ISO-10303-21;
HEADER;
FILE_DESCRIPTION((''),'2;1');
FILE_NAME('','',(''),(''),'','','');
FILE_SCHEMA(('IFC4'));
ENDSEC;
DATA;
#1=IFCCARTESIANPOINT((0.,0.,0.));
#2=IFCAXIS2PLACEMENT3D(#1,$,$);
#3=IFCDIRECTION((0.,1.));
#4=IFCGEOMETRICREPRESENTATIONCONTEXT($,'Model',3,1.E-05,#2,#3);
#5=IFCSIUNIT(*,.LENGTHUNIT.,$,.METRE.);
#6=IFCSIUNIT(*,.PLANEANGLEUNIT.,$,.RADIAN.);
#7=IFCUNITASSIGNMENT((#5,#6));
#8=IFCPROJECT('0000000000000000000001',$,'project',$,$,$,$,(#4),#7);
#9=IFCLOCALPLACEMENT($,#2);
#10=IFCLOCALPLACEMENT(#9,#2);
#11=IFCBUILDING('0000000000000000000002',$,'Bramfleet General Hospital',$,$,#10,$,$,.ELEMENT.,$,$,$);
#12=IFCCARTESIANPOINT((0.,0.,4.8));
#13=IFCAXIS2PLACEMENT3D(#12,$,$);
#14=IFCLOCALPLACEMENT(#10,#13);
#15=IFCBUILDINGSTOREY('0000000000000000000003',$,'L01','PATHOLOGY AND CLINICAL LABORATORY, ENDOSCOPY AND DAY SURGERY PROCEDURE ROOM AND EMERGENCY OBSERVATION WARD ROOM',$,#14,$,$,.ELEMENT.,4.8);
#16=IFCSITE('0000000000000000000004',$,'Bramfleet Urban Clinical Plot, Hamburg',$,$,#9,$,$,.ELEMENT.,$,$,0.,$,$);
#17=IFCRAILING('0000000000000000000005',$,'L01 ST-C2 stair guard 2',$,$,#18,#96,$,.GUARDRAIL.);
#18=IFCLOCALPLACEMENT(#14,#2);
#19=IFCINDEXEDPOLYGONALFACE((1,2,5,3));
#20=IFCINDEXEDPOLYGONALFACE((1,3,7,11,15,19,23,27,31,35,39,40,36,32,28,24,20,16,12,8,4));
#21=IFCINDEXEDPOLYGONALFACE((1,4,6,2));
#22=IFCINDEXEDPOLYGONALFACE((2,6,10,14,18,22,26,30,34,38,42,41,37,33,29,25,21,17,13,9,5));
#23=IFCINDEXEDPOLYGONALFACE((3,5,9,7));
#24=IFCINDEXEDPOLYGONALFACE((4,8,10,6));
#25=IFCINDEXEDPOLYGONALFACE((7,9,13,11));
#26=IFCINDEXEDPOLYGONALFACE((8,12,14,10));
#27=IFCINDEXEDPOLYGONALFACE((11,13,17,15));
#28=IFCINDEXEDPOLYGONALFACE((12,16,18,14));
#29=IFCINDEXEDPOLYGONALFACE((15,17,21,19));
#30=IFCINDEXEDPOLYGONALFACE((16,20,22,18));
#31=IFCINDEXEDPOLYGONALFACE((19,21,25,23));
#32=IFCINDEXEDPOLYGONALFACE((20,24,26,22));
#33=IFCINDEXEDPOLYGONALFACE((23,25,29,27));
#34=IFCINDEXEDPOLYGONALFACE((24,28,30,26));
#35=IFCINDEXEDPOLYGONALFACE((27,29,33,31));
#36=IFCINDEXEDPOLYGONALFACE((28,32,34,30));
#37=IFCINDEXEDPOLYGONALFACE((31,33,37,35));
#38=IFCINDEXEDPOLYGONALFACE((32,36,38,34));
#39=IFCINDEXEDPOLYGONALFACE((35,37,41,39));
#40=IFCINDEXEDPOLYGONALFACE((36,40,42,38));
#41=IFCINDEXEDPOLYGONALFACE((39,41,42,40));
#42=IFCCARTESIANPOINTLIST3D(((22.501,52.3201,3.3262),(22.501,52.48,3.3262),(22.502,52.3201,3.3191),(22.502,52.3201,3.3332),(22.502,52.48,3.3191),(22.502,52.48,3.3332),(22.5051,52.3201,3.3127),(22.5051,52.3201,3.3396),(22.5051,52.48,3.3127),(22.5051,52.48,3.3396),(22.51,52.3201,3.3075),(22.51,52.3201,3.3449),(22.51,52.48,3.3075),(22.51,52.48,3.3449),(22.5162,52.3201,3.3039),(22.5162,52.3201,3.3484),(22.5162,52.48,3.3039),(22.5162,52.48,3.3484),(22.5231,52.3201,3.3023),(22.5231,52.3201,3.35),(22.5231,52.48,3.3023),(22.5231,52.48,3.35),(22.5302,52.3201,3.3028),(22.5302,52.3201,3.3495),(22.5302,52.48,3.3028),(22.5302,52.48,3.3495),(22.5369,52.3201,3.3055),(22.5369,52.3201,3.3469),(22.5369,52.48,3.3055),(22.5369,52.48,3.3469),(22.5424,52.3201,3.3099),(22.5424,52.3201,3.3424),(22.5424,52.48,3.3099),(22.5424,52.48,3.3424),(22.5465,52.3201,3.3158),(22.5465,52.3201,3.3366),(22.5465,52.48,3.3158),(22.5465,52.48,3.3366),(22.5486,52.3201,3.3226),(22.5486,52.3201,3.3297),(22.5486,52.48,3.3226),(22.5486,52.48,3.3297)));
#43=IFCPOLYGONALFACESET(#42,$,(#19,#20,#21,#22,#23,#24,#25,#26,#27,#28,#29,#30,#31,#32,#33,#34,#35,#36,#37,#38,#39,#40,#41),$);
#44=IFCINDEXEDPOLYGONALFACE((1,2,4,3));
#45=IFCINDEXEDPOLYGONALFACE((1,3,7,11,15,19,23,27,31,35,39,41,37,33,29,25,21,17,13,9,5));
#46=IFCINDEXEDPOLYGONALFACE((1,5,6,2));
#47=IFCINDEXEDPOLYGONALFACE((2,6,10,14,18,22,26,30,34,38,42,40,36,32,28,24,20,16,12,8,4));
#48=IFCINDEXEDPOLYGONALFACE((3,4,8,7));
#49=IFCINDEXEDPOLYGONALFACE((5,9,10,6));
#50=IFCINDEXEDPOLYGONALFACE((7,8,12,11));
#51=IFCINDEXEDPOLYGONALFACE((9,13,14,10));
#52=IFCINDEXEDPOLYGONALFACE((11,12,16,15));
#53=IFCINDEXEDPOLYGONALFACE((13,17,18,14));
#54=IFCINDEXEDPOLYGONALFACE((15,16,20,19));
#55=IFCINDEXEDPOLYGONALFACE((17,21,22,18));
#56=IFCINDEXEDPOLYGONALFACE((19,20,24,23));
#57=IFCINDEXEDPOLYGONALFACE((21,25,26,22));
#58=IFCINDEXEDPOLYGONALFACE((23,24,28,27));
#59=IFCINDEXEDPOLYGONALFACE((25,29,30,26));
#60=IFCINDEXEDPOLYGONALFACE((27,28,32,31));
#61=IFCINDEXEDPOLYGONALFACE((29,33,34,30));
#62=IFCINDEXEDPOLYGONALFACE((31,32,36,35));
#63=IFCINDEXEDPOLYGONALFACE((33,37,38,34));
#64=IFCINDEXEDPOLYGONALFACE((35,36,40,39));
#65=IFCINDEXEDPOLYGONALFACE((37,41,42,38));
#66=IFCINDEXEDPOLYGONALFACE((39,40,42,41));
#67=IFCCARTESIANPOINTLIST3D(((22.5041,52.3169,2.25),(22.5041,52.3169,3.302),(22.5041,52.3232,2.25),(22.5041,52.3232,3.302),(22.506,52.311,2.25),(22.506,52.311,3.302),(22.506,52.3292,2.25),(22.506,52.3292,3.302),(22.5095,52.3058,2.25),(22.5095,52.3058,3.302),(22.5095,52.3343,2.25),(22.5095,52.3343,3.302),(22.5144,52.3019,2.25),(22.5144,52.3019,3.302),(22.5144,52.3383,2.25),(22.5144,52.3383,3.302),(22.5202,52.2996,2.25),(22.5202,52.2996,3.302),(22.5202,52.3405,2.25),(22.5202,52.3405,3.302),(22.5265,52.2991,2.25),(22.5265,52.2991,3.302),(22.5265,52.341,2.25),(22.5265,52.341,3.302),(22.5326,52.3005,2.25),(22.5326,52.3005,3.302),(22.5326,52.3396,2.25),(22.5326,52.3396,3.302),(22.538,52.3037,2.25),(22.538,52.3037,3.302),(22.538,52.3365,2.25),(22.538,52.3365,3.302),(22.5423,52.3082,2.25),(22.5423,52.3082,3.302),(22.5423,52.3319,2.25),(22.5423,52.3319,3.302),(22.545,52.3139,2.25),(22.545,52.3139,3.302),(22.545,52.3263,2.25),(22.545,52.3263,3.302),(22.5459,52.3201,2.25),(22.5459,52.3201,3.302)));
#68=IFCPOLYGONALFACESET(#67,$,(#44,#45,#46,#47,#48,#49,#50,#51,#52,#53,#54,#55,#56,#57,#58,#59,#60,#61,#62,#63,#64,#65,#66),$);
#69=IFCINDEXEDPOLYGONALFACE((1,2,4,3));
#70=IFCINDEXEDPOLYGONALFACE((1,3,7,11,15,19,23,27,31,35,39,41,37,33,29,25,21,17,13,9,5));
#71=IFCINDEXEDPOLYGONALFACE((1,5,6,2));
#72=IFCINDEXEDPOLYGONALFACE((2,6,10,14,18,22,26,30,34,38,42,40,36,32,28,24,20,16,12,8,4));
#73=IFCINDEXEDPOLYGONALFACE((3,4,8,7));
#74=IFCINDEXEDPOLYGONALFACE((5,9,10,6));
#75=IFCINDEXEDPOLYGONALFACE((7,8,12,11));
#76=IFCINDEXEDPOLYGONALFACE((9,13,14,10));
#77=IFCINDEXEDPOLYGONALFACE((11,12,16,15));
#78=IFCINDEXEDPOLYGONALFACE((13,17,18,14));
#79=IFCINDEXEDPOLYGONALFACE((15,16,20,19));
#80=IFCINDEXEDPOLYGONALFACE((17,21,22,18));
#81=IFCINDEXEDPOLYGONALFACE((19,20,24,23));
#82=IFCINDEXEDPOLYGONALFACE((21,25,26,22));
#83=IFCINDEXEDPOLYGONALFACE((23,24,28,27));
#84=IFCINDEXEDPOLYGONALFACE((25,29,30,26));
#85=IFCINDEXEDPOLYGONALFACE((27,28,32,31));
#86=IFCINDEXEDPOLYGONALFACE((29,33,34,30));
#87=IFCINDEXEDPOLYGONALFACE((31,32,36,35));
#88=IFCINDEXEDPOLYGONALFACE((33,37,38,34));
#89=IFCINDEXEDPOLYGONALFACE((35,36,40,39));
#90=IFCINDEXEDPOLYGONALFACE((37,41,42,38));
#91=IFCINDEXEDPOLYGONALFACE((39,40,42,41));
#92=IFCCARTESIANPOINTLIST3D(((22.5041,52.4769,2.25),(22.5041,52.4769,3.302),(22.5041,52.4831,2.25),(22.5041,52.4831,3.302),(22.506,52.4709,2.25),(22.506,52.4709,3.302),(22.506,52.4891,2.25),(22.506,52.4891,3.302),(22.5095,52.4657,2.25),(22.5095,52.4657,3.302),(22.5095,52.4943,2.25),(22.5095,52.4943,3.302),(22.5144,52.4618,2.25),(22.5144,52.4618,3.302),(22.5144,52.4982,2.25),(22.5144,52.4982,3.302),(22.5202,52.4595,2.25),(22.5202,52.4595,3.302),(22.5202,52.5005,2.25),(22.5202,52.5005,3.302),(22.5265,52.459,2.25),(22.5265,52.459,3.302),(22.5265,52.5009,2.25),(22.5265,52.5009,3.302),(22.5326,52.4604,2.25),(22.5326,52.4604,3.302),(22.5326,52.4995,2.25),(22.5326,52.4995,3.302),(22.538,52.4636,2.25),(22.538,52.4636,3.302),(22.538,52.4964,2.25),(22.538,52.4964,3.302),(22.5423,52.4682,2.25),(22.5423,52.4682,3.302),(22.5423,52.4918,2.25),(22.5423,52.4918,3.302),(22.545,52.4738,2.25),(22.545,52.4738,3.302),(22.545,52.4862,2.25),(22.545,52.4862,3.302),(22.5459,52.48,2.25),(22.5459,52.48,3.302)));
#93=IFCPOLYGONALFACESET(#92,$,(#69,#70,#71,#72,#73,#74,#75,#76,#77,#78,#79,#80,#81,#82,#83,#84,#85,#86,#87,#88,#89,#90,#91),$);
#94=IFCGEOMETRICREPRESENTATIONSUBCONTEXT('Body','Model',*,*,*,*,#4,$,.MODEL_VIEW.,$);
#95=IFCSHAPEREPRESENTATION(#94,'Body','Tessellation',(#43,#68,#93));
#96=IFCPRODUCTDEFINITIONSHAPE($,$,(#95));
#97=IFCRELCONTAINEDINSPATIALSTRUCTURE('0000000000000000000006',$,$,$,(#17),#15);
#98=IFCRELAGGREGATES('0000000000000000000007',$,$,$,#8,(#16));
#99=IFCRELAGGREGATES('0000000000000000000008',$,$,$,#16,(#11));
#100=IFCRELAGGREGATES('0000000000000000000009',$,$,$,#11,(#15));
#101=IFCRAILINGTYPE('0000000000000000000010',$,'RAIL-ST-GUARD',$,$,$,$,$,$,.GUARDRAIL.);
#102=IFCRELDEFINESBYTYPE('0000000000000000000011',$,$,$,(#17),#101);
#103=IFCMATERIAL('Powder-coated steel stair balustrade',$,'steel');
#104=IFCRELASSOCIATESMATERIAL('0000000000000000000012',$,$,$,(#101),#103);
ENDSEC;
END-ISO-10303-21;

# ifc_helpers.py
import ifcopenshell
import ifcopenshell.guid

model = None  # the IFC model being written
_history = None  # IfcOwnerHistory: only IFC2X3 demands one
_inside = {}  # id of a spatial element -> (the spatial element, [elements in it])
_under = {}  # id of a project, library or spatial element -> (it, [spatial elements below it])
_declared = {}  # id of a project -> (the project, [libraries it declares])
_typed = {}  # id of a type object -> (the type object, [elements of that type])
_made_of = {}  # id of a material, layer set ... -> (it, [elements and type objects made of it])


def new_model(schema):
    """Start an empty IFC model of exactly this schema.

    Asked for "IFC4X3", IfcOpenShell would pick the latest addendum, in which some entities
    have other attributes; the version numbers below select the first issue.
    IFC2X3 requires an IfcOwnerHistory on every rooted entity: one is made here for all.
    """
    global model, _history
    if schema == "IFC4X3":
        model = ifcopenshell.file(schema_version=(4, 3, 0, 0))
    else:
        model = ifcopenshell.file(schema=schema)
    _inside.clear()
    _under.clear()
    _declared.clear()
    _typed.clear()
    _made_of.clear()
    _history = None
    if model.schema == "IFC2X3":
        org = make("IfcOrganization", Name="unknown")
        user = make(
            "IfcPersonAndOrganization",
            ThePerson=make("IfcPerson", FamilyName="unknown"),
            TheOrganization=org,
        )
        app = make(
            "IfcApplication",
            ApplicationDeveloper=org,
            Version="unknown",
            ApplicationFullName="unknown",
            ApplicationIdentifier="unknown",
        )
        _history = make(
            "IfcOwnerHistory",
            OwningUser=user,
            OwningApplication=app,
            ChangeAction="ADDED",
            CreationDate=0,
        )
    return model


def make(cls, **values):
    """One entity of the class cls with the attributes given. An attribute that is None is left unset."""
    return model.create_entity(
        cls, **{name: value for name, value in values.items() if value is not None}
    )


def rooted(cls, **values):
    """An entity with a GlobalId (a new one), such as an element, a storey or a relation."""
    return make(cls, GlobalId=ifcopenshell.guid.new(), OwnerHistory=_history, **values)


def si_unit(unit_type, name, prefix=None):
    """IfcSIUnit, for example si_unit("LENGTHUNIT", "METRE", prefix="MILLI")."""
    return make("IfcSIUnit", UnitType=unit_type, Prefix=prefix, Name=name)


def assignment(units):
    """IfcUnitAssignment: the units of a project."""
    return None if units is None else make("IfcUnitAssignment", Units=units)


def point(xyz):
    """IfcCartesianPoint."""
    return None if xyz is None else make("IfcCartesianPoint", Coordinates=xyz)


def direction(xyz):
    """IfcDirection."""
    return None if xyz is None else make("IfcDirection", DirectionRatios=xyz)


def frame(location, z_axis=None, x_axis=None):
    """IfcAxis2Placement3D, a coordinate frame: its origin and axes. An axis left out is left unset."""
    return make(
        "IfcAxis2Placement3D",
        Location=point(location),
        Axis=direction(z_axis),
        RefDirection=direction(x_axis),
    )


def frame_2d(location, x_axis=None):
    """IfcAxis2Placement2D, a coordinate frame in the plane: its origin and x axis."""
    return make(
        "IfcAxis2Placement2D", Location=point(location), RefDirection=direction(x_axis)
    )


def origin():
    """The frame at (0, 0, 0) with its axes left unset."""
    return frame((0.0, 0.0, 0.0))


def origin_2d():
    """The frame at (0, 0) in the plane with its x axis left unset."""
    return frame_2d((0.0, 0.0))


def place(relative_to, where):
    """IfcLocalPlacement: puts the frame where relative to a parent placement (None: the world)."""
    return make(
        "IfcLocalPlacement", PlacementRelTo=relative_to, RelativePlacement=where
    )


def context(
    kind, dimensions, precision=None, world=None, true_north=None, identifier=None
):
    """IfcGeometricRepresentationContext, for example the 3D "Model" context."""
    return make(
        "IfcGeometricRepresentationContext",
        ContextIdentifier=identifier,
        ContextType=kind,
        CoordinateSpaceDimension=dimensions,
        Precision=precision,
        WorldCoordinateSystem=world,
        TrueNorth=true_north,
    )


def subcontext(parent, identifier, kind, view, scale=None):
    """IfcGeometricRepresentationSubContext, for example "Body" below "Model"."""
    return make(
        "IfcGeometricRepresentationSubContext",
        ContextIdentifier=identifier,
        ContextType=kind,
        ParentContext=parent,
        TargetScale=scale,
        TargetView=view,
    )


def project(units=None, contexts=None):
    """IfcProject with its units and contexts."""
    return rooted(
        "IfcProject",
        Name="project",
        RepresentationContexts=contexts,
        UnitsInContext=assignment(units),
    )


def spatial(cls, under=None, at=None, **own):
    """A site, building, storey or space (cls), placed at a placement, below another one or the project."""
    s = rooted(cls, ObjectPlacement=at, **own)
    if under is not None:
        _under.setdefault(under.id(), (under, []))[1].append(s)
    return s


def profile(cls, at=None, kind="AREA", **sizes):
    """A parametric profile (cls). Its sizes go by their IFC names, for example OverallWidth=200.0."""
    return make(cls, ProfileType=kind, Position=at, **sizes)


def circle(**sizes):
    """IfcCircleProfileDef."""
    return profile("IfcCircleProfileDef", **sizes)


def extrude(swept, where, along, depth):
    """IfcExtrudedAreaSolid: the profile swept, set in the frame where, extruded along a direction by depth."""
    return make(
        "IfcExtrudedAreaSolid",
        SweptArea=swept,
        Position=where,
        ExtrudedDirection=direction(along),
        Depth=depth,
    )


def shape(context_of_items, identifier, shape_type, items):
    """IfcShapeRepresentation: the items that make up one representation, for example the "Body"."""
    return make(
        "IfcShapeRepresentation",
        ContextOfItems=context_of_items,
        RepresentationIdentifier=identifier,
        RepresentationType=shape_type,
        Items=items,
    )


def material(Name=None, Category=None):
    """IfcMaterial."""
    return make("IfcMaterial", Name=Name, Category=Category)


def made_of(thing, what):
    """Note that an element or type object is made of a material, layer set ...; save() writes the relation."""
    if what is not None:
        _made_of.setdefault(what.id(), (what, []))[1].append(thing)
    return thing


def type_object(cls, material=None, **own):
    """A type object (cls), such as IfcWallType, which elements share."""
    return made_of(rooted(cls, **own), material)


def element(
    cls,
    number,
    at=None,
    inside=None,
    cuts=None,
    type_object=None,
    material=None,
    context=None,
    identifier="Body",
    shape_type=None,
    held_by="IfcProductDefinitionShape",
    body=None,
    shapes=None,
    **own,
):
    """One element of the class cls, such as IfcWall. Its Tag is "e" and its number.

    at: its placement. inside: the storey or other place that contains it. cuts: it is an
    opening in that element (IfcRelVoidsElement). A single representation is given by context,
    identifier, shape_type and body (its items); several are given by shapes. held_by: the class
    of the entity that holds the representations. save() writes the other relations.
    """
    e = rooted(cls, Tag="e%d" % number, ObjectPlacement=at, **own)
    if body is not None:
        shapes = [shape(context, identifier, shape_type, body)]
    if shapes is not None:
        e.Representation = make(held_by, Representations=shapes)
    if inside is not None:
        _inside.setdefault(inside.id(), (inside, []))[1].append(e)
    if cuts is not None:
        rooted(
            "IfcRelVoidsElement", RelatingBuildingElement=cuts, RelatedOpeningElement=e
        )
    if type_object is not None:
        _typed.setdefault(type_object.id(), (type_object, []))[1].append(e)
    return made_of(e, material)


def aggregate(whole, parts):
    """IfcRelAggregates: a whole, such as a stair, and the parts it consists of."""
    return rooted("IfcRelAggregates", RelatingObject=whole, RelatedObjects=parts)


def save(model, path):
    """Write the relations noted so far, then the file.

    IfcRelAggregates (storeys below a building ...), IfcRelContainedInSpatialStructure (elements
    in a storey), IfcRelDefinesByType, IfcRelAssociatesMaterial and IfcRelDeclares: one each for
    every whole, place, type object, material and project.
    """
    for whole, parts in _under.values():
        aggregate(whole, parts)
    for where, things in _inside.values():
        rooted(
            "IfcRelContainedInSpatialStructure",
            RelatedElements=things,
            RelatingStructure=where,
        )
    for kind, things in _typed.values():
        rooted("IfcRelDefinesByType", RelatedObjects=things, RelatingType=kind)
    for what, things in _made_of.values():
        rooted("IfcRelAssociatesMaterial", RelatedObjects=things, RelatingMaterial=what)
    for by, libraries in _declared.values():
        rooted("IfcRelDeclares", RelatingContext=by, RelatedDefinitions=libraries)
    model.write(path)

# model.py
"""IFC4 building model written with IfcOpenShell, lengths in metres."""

from ifc_helpers import new_model, si_unit, direction, frame, origin, origin_2d, place, context, subcontext, project, spatial, circle, extrude, material, type_object, element, save


model = new_model("IFC4")

# Units and contexts
model_context = context("Model", 3, precision=1e-05, world=origin(), true_north=direction((0.0, 1.0)))
body_context = subcontext(model_context, "Body", "Model", "MODEL_VIEW")
ifc_project = project(units=[si_unit("LENGTHUNIT", "METRE"), si_unit("PLANEANGLEUNIT", "RADIAN")], contexts=[model_context])

# Site, building, storey
site_placement = place(None, origin())
site = spatial("IfcSite", under=ifc_project, at=site_placement, Name="Bramfleet Urban Clinical Plot, Hamburg", CompositionType="ELEMENT", RefElevation=0.0)
building_placement = place(site_placement, origin())
building = spatial("IfcBuilding", under=site, at=building_placement, Name="Bramfleet General Hospital", CompositionType="ELEMENT")
storey_placement = place(building_placement, frame((0.0, 0.0, 4.8)))
storey = spatial("IfcBuildingStorey", under=building, at=storey_placement, Name="L01", Description="PATHOLOGY AND CLINICAL LABORATORY, ENDOSCOPY AND DAY SURGERY PROCEDURE ROOM AND EMERGENCY OBSERVATION WARD ROOM", CompositionType="ELEMENT", Elevation=4.8)

# Railing
ifc_material_1 = material(Name="Powder-coated steel stair balustrade", Category="steel")
railing_type_1 = type_object("IfcRailingType", Name="RAIL-ST-GUARD", PredefinedType="GUARDRAIL", material=ifc_material_1)
railing_1_placement = place(storey_placement, frame((22.5249, 52.3201, 2.25)))
element("IfcRailing", 1, at=railing_1_placement, inside=storey, type_object=railing_type_1, Name="L01 ST-C2 stair guard 2", PredefinedType="GUARDRAIL", context=body_context, shape_type="SweptSolid", body=[
    extrude(circle(Radius=0.0239, at=origin_2d()), frame((0.0, 0.0, 1.0762), z_axis=(0.0, 1.0, 0.0), x_axis=(-1.0, 0.0, 0.0)), (0.0, 0.0, 1.0), 0.1599),
    extrude(circle(Radius=0.021, at=origin_2d()), origin(), (0.0, 0.0, 1.0), 1.052),
    extrude(circle(Radius=0.021, at=origin_2d()), frame((0.0, 0.1599, 0.0)), (0.0, 0.0, 1.0), 1.052),
])

save(model, "model.ifc")
